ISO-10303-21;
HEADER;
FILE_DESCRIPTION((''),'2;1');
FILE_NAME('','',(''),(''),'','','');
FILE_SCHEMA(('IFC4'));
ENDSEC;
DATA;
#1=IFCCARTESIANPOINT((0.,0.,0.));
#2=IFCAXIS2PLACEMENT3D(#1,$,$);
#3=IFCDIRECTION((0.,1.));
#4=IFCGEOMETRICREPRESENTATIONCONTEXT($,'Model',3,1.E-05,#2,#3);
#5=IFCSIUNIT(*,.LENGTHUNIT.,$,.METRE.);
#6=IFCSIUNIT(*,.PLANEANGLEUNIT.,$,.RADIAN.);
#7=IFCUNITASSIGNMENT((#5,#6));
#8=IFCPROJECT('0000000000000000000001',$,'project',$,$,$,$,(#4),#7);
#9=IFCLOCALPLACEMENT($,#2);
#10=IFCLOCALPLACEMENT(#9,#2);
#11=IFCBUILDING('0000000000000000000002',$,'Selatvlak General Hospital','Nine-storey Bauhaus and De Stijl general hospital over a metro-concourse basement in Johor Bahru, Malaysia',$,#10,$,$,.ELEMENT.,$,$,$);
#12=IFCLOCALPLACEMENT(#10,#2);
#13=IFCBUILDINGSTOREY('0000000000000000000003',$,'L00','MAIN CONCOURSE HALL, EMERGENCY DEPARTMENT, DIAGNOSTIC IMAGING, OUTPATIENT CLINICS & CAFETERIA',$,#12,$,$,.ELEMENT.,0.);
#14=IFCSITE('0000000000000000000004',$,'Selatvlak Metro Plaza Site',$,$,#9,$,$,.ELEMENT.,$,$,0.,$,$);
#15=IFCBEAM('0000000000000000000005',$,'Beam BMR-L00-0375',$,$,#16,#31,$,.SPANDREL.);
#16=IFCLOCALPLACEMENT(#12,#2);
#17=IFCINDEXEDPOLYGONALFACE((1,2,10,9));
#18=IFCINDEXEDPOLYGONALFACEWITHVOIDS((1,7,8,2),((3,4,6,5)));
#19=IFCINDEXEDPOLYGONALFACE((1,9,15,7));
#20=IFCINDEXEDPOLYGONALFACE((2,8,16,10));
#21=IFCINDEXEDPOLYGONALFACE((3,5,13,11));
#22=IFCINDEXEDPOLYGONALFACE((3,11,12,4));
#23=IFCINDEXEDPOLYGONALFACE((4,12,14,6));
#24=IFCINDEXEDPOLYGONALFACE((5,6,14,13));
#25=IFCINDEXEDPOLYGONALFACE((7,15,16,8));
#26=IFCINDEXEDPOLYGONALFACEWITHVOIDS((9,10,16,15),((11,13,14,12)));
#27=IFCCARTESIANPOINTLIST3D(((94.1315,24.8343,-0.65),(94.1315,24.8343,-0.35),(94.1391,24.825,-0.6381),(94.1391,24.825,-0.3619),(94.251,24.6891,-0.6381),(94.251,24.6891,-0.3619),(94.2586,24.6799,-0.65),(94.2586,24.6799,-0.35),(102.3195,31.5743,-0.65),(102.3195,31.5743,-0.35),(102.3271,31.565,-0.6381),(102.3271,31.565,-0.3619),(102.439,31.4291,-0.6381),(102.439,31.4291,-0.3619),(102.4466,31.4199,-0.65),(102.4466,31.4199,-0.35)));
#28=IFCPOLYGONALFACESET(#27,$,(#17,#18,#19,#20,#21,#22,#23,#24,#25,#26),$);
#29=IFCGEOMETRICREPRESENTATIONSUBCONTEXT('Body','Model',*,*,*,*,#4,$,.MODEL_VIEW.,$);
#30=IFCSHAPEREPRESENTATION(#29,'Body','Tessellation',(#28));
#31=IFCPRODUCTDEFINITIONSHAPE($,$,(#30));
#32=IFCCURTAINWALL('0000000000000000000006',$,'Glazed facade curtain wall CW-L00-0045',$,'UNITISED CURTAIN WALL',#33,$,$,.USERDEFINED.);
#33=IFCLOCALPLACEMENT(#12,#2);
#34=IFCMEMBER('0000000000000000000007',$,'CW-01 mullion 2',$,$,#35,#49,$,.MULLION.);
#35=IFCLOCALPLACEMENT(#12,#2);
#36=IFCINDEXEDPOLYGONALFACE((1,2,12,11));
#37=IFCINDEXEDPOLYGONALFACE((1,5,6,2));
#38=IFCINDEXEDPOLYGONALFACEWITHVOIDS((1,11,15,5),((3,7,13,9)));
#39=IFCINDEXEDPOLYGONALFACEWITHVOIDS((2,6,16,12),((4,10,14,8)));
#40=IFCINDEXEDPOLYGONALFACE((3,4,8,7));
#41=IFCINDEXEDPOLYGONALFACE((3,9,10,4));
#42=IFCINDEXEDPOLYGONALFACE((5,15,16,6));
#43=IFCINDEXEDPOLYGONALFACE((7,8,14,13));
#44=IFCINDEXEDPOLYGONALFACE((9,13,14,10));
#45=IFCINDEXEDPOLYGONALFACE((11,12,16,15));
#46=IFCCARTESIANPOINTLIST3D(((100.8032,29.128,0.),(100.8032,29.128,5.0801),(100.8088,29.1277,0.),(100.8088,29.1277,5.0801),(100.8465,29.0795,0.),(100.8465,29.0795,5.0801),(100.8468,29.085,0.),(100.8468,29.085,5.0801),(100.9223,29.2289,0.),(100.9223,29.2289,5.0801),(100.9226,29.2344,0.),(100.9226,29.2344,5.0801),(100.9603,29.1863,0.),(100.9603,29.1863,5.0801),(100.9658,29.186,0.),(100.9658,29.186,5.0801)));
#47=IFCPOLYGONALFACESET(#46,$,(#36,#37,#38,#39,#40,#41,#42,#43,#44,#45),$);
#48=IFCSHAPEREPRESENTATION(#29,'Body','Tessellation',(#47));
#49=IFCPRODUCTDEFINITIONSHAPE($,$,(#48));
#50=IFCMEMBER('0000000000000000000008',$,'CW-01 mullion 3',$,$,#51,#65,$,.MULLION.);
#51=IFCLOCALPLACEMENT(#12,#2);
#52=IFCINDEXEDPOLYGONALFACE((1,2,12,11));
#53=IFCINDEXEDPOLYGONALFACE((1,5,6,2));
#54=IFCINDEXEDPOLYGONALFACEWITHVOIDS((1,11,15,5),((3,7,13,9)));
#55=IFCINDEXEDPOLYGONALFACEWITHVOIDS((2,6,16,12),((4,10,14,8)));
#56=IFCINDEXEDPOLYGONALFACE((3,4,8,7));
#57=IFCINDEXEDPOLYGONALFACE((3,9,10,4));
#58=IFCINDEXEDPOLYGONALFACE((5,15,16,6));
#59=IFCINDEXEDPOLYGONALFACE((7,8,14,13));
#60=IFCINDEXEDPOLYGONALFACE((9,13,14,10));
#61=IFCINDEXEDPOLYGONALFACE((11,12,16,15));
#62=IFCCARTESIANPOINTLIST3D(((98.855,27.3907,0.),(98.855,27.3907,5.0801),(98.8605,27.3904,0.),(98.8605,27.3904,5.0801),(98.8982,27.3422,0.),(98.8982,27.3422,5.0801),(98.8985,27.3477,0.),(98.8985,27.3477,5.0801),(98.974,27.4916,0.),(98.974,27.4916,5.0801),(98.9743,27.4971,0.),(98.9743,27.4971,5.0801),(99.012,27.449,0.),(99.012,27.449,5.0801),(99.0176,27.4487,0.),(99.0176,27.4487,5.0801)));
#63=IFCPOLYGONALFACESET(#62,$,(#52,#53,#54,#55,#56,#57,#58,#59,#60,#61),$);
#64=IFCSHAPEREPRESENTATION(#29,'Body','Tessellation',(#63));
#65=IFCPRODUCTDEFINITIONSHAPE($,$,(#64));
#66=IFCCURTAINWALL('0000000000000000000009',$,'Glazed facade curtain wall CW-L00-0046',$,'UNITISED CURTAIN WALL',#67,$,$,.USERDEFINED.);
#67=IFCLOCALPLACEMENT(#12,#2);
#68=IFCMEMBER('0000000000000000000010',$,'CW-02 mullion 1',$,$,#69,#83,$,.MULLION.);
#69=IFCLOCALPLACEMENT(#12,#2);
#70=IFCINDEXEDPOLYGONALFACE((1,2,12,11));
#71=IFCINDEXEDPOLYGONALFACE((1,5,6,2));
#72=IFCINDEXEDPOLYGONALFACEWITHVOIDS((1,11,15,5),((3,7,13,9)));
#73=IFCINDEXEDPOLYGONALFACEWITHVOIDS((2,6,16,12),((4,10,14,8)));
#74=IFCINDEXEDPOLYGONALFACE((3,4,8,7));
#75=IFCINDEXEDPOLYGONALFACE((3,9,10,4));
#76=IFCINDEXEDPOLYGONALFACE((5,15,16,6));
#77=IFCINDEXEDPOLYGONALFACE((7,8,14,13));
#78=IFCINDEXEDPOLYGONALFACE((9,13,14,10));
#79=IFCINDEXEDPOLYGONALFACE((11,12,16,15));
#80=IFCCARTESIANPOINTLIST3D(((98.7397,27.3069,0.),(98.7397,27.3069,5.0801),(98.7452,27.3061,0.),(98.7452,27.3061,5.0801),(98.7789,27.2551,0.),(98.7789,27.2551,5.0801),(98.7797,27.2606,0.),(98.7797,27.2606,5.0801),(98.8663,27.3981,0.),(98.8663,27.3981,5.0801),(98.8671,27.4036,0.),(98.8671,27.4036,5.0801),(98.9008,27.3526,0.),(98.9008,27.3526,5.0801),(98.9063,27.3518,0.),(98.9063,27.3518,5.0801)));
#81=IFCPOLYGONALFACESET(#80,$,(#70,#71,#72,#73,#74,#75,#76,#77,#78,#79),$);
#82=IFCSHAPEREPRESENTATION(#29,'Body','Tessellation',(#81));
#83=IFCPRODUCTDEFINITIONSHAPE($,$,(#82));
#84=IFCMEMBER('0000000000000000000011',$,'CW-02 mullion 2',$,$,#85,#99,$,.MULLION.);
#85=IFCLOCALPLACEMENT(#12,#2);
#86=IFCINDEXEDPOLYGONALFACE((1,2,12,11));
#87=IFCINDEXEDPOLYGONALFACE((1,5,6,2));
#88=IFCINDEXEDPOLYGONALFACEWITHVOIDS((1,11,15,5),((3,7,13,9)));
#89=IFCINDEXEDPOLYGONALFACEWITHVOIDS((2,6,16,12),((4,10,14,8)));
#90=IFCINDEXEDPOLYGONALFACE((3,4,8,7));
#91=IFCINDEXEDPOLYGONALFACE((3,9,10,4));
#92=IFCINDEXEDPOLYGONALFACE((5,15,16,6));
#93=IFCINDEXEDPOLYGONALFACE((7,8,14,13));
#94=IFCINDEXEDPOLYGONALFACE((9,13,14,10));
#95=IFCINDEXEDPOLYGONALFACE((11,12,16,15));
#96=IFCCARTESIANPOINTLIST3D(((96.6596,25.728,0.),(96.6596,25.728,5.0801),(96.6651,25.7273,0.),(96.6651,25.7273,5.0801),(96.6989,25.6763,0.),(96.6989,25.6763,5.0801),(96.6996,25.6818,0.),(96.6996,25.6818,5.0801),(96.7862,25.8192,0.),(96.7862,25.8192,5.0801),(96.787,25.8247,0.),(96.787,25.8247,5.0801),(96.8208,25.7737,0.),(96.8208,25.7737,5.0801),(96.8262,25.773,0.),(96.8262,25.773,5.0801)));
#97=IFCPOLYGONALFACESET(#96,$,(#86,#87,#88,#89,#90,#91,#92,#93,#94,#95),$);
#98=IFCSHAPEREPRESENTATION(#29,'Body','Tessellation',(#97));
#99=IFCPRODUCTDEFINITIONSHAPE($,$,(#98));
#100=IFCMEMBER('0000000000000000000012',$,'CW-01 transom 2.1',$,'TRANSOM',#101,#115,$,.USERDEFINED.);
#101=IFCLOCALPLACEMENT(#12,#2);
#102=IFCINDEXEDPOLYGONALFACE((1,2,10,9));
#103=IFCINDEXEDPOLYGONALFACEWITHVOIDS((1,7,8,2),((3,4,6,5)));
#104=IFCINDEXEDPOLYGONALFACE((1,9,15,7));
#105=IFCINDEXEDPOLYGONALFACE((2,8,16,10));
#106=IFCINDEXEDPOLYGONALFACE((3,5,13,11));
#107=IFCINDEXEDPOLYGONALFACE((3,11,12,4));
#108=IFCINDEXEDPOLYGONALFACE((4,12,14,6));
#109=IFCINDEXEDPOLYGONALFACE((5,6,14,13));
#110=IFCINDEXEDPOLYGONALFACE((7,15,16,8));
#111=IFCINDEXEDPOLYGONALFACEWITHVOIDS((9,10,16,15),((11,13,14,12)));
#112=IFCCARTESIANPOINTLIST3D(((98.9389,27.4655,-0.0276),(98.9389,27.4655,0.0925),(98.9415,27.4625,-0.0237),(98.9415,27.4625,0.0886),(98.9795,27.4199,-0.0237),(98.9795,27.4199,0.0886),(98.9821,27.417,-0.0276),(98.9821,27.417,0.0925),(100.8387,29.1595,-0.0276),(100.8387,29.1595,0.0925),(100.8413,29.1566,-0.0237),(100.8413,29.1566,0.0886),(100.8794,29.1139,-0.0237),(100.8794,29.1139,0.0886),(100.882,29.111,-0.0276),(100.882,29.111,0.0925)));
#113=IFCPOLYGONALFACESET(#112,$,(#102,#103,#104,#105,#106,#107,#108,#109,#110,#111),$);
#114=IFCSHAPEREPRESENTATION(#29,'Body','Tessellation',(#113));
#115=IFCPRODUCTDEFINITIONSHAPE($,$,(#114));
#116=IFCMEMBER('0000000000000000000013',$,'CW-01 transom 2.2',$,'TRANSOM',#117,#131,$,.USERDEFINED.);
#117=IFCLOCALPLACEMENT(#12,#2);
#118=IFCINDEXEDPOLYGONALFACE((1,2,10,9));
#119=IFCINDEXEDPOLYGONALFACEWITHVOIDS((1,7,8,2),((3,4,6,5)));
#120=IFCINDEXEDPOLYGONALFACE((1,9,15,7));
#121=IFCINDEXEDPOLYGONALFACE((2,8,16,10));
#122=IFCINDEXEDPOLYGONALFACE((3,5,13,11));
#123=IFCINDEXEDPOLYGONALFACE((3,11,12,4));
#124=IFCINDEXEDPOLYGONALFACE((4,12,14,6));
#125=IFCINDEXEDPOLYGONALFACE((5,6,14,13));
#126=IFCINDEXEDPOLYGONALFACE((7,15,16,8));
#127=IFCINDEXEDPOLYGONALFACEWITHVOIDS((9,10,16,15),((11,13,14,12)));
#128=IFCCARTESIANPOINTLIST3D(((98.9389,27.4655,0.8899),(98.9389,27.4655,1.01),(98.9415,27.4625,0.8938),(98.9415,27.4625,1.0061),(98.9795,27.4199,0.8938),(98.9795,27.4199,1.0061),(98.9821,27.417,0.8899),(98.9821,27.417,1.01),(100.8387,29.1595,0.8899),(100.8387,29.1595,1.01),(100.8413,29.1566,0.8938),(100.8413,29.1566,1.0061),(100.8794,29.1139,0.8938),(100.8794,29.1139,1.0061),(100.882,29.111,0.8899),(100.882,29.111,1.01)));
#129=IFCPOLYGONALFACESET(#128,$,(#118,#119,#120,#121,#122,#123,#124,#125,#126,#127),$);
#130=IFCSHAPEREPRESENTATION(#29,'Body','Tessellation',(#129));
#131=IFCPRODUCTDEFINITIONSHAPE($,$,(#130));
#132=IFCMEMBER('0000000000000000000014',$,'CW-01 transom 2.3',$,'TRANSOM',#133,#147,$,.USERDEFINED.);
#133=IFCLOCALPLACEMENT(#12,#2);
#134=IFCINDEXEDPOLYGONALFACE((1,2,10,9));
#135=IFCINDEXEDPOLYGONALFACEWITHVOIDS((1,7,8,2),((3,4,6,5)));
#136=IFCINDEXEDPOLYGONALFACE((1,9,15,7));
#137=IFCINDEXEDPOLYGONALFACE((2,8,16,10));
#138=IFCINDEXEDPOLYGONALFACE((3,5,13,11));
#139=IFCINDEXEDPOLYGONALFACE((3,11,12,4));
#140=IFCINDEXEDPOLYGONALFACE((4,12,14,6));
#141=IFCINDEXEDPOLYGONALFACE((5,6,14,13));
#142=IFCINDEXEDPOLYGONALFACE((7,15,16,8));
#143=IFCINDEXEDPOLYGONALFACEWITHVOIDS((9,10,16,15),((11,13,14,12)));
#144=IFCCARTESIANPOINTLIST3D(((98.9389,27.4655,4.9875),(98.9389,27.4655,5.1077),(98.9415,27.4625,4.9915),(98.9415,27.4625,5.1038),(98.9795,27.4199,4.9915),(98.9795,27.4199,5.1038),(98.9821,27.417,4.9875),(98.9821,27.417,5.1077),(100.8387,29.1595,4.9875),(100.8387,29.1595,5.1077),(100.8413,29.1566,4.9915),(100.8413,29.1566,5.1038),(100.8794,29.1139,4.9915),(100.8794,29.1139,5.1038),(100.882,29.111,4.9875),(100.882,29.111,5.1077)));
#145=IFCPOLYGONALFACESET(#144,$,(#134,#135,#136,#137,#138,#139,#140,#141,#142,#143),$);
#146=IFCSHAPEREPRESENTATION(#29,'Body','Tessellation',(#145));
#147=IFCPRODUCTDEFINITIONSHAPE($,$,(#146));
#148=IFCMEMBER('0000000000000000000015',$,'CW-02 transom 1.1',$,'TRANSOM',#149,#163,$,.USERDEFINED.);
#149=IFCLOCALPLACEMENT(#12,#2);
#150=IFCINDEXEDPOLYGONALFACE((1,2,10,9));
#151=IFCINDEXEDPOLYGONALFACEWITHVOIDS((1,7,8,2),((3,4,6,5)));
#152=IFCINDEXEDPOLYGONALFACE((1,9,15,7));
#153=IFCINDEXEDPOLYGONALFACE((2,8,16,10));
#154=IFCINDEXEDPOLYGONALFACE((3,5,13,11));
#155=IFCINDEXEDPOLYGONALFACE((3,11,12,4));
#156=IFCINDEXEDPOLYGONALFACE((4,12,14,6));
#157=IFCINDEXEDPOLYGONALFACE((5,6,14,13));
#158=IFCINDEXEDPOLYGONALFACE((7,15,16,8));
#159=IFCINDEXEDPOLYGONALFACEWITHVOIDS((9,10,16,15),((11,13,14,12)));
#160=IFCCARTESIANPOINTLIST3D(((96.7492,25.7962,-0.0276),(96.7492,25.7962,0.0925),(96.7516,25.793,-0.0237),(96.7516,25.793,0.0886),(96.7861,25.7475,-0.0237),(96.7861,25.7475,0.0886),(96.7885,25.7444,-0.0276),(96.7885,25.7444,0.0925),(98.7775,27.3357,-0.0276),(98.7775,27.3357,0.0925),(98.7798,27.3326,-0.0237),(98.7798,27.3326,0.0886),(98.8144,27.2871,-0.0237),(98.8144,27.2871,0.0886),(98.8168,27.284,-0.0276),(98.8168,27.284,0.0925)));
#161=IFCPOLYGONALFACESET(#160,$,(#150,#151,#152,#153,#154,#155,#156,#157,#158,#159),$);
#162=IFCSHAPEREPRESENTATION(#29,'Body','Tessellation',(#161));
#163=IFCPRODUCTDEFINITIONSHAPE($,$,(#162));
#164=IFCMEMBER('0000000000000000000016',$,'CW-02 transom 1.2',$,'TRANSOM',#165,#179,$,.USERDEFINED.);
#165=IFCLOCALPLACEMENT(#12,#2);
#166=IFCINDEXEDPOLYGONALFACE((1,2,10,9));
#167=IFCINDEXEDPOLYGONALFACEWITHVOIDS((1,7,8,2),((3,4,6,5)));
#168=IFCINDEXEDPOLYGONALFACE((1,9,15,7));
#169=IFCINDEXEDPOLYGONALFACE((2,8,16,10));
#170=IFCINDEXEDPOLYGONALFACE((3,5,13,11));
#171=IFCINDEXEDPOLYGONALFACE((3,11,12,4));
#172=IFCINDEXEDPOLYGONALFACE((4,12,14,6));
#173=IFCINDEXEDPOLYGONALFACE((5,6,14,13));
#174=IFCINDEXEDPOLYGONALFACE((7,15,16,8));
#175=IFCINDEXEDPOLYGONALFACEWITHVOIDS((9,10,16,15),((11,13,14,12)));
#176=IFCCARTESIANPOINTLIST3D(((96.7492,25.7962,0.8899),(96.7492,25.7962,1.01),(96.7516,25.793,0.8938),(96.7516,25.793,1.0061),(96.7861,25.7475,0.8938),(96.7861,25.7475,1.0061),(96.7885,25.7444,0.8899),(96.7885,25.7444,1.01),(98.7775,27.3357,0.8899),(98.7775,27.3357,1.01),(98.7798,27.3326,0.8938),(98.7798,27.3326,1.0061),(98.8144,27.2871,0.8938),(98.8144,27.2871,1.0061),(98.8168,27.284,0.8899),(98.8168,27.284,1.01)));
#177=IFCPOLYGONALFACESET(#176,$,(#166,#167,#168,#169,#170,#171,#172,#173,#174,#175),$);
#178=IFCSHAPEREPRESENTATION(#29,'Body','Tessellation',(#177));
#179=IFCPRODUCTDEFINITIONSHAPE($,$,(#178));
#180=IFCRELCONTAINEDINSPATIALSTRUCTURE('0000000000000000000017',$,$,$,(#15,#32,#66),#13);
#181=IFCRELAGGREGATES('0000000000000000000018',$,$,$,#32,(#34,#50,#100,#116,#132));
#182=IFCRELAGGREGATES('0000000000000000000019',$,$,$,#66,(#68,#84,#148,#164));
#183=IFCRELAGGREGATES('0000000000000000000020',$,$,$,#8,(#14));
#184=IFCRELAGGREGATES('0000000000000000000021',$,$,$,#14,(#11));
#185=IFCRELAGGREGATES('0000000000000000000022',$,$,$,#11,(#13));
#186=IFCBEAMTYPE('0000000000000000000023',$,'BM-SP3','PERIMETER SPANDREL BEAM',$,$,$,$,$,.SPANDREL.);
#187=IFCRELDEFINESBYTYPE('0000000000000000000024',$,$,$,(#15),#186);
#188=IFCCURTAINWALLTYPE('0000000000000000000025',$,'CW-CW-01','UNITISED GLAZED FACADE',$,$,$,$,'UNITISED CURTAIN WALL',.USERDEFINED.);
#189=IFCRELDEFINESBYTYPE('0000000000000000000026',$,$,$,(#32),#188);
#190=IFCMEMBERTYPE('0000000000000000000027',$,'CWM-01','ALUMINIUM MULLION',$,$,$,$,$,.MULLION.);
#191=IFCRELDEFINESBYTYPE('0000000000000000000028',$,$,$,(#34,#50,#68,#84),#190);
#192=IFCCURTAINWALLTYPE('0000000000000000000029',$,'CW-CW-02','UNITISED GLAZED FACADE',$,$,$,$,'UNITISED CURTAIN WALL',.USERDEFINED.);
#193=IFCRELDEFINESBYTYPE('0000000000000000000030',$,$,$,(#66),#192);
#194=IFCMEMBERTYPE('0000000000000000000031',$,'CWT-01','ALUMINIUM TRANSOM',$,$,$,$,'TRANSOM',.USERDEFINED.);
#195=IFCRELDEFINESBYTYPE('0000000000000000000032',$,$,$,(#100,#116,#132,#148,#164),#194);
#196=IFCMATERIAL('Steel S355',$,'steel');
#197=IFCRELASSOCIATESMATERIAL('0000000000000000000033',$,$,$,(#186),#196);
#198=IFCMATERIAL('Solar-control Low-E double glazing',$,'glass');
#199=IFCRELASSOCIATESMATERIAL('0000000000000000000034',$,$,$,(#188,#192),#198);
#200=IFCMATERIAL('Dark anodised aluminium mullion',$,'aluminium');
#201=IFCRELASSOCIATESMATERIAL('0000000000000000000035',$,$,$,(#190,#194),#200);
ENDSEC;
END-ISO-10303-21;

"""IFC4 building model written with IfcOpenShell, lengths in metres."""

from ifc_helpers import new_model, si_unit, direction, frame, origin, origin_2d, place, context, subcontext, project, spatial, hollow_rectangle, extrude, material, material_profile, profile_set, type_object, element, aggregate, save


model = new_model("IFC4")

# Units and contexts
model_context = context("Model", 3, precision=1e-05, world=origin(), true_north=direction((0.0, 1.0)))
body_context = subcontext(model_context, "Body", "Model", "MODEL_VIEW")
ifc_project = project(units=[si_unit("LENGTHUNIT", "METRE"), si_unit("PLANEANGLEUNIT", "RADIAN")], contexts=[model_context])

# Site, building, storey
site_placement = place(None, origin())
site = spatial("IfcSite", under=ifc_project, at=site_placement, Name="Selatvlak Metro Plaza Site", CompositionType="ELEMENT", RefElevation=0.0)
building_placement = place(site_placement, origin())
building = spatial("IfcBuilding", under=site, at=building_placement, Name="Selatvlak General Hospital", Description="Nine-storey Bauhaus and De Stijl general hospital over a metro-concourse basement in Johor Bahru, Malaysia", CompositionType="ELEMENT")
storey_placement = place(building_placement, origin())
storey = spatial("IfcBuildingStorey", under=building, at=storey_placement, Name="L00", Description="MAIN CONCOURSE HALL, EMERGENCY DEPARTMENT, DIAGNOSTIC IMAGING, OUTPATIENT CLINICS & CAFETERIA", CompositionType="ELEMENT", Elevation=0.0)

# Beam
ifc_material_1 = material(Name="Steel S355", Category="steel")
ifc_material_profile_1 = material_profile(ifc_material_1, hollow_rectangle(XDim=0.2, YDim=0.3, WallThickness=0.012, at=origin_2d()), Name="RHS 300x200x12")
ifc_profile_set_1 = profile_set([ifc_material_profile_1], Name="Steel S355")
beam_type = type_object("IfcBeamType", Name="BM-SP3", Description="PERIMETER SPANDREL BEAM", PredefinedType="SPANDREL", material=ifc_profile_set_1)
beam_placement = place(storey_placement, frame((94.1951, 24.7571, -0.5), z_axis=(0.772072, 0.635535, 0.0), x_axis=(-0.635535, 0.772072, 0.0)))
element("IfcBeam", 1, at=beam_placement, inside=storey, type_object=beam_type, Name="Beam BMR-L00-0375", PredefinedType="SPANDREL", context=body_context, shape_type="SweptSolid", body=[
    extrude(hollow_rectangle(XDim=0.2, YDim=0.3, WallThickness=0.012, at=origin_2d()), origin(), (0.0, 0.0, 1.0), 10.6052),
])

# Curtain walls, members
ifc_material_2 = material(Name="Solar-control Low-E double glazing", Category="glass")
curtain_wall_type_1 = type_object("IfcCurtainWallType", Name="CW-CW-01", Description="UNITISED GLAZED FACADE", ElementType="UNITISED CURTAIN WALL", PredefinedType="USERDEFINED", material=ifc_material_2)
curtain_wall_1_placement = place(storey_placement, origin())
curtain_wall_1 = element("IfcCurtainWall", 2, at=curtain_wall_1_placement, inside=storey, type_object=curtain_wall_type_1, Name="Glazed facade curtain wall CW-L00-0045", ObjectType="UNITISED CURTAIN WALL", PredefinedType="USERDEFINED")
ifc_material_3 = material(Name="Dark anodised aluminium mullion", Category="aluminium")
ifc_material_profile_2 = material_profile(ifc_material_3, hollow_rectangle(XDim=0.0649, YDim=0.1599, WallThickness=0.0039, at=origin_2d()), Name="AL-MUL 65x160x4")
ifc_profile_set_2 = profile_set([ifc_material_profile_2], Name="Dark anodised aluminium mullion")
member_type_1 = type_object("IfcMemberType", Name="CWM-01", Description="ALUMINIUM MULLION", PredefinedType="MULLION", material=ifc_profile_set_2)
member_1_placement = place(storey_placement, frame((100.8845, 29.157, 0.0), z_axis=(0.0, 0.0, 1.0), x_axis=(0.665561, -0.746344, 0.0)))
member_1 = element("IfcMember", 3, at=member_1_placement, type_object=member_type_1, Name="CW-01 mullion 2", PredefinedType="MULLION", context=body_context, shape_type="SweptSolid", body=[
    extrude(hollow_rectangle(XDim=0.0649, YDim=0.1599, WallThickness=0.0039, at=origin_2d()), origin(), (0.0, 0.0, 1.0), 5.0801),
])
member_2_placement = place(storey_placement, frame((98.9363, 27.4197, 0.0), z_axis=(0.0, 0.0, 1.0), x_axis=(0.665561, -0.746344, 0.0)))
member_2 = element("IfcMember", 4, at=member_2_placement, type_object=member_type_1, Name="CW-01 mullion 3", PredefinedType="MULLION", context=body_context, shape_type="SweptSolid", body=[
    extrude(hollow_rectangle(XDim=0.0649, YDim=0.1599, WallThickness=0.0039, at=origin_2d()), origin(), (0.0, 0.0, 1.0), 5.0801),
])
curtain_wall_type_2 = type_object("IfcCurtainWallType", Name="CW-CW-02", Description="UNITISED GLAZED FACADE", ElementType="UNITISED CURTAIN WALL", PredefinedType="USERDEFINED", material=ifc_material_2)
curtain_wall_2_placement = place(storey_placement, origin())
curtain_wall_2 = element("IfcCurtainWall", 5, at=curtain_wall_2_placement, inside=storey, type_object=curtain_wall_type_2, Name="Glazed facade curtain wall CW-L00-0046", ObjectType="UNITISED CURTAIN WALL", PredefinedType="USERDEFINED")
member_3_placement = place(storey_placement, frame((98.823, 27.3293, 0.0), z_axis=(0.0, 0.0, 1.0), x_axis=(0.604589, -0.796537, 0.0)))
member_3 = element("IfcMember", 6, at=member_3_placement, type_object=member_type_1, Name="CW-02 mullion 1", PredefinedType="MULLION", context=body_context, shape_type="SweptSolid", body=[
    extrude(hollow_rectangle(XDim=0.0649, YDim=0.1599, WallThickness=0.0039, at=origin_2d()), origin(), (0.0, 0.0, 1.0), 5.0801),
])
member_4_placement = place(storey_placement, frame((96.7429, 25.7505, 0.0), z_axis=(0.0, 0.0, 1.0), x_axis=(0.604589, -0.796537, 0.0)))
member_4 = element("IfcMember", 7, at=member_4_placement, type_object=member_type_1, Name="CW-02 mullion 2", PredefinedType="MULLION", context=body_context, shape_type="SweptSolid", body=[
    extrude(hollow_rectangle(XDim=0.0649, YDim=0.1599, WallThickness=0.0039, at=origin_2d()), origin(), (0.0, 0.0, 1.0), 5.0801),
])

# Members
ifc_material_profile_3 = material_profile(ifc_material_3, hollow_rectangle(XDim=0.0649, YDim=0.1201, WallThickness=0.0039, at=origin_2d()), Name="AL-TRN 65x120x4")
ifc_profile_set_3 = profile_set([ifc_material_profile_3], Name="Dark anodised aluminium mullion")
member_type_2 = type_object("IfcMemberType", Name="CWT-01", Description="ALUMINIUM TRANSOM", ElementType="TRANSOM", PredefinedType="USERDEFINED", material=ifc_profile_set_3)
member_5_placement = place(storey_placement, frame((100.8604, 29.1353, 0.0325), z_axis=(-0.746377, -0.665524, 0.0), x_axis=(0.665524, -0.746377, 0.0)))
member_5 = element("IfcMember", 8, at=member_5_placement, type_object=member_type_2, Name="CW-01 transom 2.1", ObjectType="TRANSOM", PredefinedType="USERDEFINED", context=body_context, shape_type="SweptSolid", body=[
    extrude(hollow_rectangle(XDim=0.0649, YDim=0.1201, WallThickness=0.0039, at=origin_2d()), origin(), (0.0, 0.0, 1.0), 2.5454),
])
member_6_placement = place(storey_placement, frame((100.8604, 29.1353, 0.95), z_axis=(-0.746377, -0.665524, 0.0), x_axis=(0.665524, -0.746377, 0.0)))
member_6 = element("IfcMember", 9, at=member_6_placement, type_object=member_type_2, Name="CW-01 transom 2.2", ObjectType="TRANSOM", PredefinedType="USERDEFINED", context=body_context, shape_type="SweptSolid", body=[
    extrude(hollow_rectangle(XDim=0.0649, YDim=0.1201, WallThickness=0.0039, at=origin_2d()), origin(), (0.0, 0.0, 1.0), 2.5454),
])
member_7_placement = place(storey_placement, frame((100.8604, 29.1353, 5.0476), z_axis=(-0.746377, -0.665524, 0.0), x_axis=(0.665524, -0.746377, 0.0)))
member_7 = element("IfcMember", 10, at=member_7_placement, type_object=member_type_2, Name="CW-01 transom 2.3", ObjectType="TRANSOM", PredefinedType="USERDEFINED", context=body_context, shape_type="SweptSolid", body=[
    extrude(hollow_rectangle(XDim=0.0649, YDim=0.1201, WallThickness=0.0039, at=origin_2d()), origin(), (0.0, 0.0, 1.0), 2.5454),
])
member_8_placement = place(storey_placement, frame((98.7971, 27.3098, 0.0325), z_axis=(-0.796535, -0.604592, 0.0), x_axis=(0.604592, -0.796535, 0.0)))
member_8 = element("IfcMember", 11, at=member_8_placement, type_object=member_type_2, Name="CW-02 transom 1.1", ObjectType="TRANSOM", PredefinedType="USERDEFINED", context=body_context, shape_type="SweptSolid", body=[
    extrude(hollow_rectangle(XDim=0.0649, YDim=0.1201, WallThickness=0.0039, at=origin_2d()), origin(), (0.0, 0.0, 1.0), 2.5464),
])
member_9_placement = place(storey_placement, frame((98.7971, 27.3098, 0.95), z_axis=(-0.796535, -0.604592, 0.0), x_axis=(0.604592, -0.796535, 0.0)))
member_9 = element("IfcMember", 12, at=member_9_placement, type_object=member_type_2, Name="CW-02 transom 1.2", ObjectType="TRANSOM", PredefinedType="USERDEFINED", context=body_context, shape_type="SweptSolid", body=[
    extrude(hollow_rectangle(XDim=0.0649, YDim=0.1201, WallThickness=0.0039, at=origin_2d()), origin(), (0.0, 0.0, 1.0), 2.5464),
])

aggregate(curtain_wall_1, [member_1, member_2, member_5, member_6, member_7])
aggregate(curtain_wall_2, [member_3, member_4, member_8, member_9])

save(model, "model.ifc")
